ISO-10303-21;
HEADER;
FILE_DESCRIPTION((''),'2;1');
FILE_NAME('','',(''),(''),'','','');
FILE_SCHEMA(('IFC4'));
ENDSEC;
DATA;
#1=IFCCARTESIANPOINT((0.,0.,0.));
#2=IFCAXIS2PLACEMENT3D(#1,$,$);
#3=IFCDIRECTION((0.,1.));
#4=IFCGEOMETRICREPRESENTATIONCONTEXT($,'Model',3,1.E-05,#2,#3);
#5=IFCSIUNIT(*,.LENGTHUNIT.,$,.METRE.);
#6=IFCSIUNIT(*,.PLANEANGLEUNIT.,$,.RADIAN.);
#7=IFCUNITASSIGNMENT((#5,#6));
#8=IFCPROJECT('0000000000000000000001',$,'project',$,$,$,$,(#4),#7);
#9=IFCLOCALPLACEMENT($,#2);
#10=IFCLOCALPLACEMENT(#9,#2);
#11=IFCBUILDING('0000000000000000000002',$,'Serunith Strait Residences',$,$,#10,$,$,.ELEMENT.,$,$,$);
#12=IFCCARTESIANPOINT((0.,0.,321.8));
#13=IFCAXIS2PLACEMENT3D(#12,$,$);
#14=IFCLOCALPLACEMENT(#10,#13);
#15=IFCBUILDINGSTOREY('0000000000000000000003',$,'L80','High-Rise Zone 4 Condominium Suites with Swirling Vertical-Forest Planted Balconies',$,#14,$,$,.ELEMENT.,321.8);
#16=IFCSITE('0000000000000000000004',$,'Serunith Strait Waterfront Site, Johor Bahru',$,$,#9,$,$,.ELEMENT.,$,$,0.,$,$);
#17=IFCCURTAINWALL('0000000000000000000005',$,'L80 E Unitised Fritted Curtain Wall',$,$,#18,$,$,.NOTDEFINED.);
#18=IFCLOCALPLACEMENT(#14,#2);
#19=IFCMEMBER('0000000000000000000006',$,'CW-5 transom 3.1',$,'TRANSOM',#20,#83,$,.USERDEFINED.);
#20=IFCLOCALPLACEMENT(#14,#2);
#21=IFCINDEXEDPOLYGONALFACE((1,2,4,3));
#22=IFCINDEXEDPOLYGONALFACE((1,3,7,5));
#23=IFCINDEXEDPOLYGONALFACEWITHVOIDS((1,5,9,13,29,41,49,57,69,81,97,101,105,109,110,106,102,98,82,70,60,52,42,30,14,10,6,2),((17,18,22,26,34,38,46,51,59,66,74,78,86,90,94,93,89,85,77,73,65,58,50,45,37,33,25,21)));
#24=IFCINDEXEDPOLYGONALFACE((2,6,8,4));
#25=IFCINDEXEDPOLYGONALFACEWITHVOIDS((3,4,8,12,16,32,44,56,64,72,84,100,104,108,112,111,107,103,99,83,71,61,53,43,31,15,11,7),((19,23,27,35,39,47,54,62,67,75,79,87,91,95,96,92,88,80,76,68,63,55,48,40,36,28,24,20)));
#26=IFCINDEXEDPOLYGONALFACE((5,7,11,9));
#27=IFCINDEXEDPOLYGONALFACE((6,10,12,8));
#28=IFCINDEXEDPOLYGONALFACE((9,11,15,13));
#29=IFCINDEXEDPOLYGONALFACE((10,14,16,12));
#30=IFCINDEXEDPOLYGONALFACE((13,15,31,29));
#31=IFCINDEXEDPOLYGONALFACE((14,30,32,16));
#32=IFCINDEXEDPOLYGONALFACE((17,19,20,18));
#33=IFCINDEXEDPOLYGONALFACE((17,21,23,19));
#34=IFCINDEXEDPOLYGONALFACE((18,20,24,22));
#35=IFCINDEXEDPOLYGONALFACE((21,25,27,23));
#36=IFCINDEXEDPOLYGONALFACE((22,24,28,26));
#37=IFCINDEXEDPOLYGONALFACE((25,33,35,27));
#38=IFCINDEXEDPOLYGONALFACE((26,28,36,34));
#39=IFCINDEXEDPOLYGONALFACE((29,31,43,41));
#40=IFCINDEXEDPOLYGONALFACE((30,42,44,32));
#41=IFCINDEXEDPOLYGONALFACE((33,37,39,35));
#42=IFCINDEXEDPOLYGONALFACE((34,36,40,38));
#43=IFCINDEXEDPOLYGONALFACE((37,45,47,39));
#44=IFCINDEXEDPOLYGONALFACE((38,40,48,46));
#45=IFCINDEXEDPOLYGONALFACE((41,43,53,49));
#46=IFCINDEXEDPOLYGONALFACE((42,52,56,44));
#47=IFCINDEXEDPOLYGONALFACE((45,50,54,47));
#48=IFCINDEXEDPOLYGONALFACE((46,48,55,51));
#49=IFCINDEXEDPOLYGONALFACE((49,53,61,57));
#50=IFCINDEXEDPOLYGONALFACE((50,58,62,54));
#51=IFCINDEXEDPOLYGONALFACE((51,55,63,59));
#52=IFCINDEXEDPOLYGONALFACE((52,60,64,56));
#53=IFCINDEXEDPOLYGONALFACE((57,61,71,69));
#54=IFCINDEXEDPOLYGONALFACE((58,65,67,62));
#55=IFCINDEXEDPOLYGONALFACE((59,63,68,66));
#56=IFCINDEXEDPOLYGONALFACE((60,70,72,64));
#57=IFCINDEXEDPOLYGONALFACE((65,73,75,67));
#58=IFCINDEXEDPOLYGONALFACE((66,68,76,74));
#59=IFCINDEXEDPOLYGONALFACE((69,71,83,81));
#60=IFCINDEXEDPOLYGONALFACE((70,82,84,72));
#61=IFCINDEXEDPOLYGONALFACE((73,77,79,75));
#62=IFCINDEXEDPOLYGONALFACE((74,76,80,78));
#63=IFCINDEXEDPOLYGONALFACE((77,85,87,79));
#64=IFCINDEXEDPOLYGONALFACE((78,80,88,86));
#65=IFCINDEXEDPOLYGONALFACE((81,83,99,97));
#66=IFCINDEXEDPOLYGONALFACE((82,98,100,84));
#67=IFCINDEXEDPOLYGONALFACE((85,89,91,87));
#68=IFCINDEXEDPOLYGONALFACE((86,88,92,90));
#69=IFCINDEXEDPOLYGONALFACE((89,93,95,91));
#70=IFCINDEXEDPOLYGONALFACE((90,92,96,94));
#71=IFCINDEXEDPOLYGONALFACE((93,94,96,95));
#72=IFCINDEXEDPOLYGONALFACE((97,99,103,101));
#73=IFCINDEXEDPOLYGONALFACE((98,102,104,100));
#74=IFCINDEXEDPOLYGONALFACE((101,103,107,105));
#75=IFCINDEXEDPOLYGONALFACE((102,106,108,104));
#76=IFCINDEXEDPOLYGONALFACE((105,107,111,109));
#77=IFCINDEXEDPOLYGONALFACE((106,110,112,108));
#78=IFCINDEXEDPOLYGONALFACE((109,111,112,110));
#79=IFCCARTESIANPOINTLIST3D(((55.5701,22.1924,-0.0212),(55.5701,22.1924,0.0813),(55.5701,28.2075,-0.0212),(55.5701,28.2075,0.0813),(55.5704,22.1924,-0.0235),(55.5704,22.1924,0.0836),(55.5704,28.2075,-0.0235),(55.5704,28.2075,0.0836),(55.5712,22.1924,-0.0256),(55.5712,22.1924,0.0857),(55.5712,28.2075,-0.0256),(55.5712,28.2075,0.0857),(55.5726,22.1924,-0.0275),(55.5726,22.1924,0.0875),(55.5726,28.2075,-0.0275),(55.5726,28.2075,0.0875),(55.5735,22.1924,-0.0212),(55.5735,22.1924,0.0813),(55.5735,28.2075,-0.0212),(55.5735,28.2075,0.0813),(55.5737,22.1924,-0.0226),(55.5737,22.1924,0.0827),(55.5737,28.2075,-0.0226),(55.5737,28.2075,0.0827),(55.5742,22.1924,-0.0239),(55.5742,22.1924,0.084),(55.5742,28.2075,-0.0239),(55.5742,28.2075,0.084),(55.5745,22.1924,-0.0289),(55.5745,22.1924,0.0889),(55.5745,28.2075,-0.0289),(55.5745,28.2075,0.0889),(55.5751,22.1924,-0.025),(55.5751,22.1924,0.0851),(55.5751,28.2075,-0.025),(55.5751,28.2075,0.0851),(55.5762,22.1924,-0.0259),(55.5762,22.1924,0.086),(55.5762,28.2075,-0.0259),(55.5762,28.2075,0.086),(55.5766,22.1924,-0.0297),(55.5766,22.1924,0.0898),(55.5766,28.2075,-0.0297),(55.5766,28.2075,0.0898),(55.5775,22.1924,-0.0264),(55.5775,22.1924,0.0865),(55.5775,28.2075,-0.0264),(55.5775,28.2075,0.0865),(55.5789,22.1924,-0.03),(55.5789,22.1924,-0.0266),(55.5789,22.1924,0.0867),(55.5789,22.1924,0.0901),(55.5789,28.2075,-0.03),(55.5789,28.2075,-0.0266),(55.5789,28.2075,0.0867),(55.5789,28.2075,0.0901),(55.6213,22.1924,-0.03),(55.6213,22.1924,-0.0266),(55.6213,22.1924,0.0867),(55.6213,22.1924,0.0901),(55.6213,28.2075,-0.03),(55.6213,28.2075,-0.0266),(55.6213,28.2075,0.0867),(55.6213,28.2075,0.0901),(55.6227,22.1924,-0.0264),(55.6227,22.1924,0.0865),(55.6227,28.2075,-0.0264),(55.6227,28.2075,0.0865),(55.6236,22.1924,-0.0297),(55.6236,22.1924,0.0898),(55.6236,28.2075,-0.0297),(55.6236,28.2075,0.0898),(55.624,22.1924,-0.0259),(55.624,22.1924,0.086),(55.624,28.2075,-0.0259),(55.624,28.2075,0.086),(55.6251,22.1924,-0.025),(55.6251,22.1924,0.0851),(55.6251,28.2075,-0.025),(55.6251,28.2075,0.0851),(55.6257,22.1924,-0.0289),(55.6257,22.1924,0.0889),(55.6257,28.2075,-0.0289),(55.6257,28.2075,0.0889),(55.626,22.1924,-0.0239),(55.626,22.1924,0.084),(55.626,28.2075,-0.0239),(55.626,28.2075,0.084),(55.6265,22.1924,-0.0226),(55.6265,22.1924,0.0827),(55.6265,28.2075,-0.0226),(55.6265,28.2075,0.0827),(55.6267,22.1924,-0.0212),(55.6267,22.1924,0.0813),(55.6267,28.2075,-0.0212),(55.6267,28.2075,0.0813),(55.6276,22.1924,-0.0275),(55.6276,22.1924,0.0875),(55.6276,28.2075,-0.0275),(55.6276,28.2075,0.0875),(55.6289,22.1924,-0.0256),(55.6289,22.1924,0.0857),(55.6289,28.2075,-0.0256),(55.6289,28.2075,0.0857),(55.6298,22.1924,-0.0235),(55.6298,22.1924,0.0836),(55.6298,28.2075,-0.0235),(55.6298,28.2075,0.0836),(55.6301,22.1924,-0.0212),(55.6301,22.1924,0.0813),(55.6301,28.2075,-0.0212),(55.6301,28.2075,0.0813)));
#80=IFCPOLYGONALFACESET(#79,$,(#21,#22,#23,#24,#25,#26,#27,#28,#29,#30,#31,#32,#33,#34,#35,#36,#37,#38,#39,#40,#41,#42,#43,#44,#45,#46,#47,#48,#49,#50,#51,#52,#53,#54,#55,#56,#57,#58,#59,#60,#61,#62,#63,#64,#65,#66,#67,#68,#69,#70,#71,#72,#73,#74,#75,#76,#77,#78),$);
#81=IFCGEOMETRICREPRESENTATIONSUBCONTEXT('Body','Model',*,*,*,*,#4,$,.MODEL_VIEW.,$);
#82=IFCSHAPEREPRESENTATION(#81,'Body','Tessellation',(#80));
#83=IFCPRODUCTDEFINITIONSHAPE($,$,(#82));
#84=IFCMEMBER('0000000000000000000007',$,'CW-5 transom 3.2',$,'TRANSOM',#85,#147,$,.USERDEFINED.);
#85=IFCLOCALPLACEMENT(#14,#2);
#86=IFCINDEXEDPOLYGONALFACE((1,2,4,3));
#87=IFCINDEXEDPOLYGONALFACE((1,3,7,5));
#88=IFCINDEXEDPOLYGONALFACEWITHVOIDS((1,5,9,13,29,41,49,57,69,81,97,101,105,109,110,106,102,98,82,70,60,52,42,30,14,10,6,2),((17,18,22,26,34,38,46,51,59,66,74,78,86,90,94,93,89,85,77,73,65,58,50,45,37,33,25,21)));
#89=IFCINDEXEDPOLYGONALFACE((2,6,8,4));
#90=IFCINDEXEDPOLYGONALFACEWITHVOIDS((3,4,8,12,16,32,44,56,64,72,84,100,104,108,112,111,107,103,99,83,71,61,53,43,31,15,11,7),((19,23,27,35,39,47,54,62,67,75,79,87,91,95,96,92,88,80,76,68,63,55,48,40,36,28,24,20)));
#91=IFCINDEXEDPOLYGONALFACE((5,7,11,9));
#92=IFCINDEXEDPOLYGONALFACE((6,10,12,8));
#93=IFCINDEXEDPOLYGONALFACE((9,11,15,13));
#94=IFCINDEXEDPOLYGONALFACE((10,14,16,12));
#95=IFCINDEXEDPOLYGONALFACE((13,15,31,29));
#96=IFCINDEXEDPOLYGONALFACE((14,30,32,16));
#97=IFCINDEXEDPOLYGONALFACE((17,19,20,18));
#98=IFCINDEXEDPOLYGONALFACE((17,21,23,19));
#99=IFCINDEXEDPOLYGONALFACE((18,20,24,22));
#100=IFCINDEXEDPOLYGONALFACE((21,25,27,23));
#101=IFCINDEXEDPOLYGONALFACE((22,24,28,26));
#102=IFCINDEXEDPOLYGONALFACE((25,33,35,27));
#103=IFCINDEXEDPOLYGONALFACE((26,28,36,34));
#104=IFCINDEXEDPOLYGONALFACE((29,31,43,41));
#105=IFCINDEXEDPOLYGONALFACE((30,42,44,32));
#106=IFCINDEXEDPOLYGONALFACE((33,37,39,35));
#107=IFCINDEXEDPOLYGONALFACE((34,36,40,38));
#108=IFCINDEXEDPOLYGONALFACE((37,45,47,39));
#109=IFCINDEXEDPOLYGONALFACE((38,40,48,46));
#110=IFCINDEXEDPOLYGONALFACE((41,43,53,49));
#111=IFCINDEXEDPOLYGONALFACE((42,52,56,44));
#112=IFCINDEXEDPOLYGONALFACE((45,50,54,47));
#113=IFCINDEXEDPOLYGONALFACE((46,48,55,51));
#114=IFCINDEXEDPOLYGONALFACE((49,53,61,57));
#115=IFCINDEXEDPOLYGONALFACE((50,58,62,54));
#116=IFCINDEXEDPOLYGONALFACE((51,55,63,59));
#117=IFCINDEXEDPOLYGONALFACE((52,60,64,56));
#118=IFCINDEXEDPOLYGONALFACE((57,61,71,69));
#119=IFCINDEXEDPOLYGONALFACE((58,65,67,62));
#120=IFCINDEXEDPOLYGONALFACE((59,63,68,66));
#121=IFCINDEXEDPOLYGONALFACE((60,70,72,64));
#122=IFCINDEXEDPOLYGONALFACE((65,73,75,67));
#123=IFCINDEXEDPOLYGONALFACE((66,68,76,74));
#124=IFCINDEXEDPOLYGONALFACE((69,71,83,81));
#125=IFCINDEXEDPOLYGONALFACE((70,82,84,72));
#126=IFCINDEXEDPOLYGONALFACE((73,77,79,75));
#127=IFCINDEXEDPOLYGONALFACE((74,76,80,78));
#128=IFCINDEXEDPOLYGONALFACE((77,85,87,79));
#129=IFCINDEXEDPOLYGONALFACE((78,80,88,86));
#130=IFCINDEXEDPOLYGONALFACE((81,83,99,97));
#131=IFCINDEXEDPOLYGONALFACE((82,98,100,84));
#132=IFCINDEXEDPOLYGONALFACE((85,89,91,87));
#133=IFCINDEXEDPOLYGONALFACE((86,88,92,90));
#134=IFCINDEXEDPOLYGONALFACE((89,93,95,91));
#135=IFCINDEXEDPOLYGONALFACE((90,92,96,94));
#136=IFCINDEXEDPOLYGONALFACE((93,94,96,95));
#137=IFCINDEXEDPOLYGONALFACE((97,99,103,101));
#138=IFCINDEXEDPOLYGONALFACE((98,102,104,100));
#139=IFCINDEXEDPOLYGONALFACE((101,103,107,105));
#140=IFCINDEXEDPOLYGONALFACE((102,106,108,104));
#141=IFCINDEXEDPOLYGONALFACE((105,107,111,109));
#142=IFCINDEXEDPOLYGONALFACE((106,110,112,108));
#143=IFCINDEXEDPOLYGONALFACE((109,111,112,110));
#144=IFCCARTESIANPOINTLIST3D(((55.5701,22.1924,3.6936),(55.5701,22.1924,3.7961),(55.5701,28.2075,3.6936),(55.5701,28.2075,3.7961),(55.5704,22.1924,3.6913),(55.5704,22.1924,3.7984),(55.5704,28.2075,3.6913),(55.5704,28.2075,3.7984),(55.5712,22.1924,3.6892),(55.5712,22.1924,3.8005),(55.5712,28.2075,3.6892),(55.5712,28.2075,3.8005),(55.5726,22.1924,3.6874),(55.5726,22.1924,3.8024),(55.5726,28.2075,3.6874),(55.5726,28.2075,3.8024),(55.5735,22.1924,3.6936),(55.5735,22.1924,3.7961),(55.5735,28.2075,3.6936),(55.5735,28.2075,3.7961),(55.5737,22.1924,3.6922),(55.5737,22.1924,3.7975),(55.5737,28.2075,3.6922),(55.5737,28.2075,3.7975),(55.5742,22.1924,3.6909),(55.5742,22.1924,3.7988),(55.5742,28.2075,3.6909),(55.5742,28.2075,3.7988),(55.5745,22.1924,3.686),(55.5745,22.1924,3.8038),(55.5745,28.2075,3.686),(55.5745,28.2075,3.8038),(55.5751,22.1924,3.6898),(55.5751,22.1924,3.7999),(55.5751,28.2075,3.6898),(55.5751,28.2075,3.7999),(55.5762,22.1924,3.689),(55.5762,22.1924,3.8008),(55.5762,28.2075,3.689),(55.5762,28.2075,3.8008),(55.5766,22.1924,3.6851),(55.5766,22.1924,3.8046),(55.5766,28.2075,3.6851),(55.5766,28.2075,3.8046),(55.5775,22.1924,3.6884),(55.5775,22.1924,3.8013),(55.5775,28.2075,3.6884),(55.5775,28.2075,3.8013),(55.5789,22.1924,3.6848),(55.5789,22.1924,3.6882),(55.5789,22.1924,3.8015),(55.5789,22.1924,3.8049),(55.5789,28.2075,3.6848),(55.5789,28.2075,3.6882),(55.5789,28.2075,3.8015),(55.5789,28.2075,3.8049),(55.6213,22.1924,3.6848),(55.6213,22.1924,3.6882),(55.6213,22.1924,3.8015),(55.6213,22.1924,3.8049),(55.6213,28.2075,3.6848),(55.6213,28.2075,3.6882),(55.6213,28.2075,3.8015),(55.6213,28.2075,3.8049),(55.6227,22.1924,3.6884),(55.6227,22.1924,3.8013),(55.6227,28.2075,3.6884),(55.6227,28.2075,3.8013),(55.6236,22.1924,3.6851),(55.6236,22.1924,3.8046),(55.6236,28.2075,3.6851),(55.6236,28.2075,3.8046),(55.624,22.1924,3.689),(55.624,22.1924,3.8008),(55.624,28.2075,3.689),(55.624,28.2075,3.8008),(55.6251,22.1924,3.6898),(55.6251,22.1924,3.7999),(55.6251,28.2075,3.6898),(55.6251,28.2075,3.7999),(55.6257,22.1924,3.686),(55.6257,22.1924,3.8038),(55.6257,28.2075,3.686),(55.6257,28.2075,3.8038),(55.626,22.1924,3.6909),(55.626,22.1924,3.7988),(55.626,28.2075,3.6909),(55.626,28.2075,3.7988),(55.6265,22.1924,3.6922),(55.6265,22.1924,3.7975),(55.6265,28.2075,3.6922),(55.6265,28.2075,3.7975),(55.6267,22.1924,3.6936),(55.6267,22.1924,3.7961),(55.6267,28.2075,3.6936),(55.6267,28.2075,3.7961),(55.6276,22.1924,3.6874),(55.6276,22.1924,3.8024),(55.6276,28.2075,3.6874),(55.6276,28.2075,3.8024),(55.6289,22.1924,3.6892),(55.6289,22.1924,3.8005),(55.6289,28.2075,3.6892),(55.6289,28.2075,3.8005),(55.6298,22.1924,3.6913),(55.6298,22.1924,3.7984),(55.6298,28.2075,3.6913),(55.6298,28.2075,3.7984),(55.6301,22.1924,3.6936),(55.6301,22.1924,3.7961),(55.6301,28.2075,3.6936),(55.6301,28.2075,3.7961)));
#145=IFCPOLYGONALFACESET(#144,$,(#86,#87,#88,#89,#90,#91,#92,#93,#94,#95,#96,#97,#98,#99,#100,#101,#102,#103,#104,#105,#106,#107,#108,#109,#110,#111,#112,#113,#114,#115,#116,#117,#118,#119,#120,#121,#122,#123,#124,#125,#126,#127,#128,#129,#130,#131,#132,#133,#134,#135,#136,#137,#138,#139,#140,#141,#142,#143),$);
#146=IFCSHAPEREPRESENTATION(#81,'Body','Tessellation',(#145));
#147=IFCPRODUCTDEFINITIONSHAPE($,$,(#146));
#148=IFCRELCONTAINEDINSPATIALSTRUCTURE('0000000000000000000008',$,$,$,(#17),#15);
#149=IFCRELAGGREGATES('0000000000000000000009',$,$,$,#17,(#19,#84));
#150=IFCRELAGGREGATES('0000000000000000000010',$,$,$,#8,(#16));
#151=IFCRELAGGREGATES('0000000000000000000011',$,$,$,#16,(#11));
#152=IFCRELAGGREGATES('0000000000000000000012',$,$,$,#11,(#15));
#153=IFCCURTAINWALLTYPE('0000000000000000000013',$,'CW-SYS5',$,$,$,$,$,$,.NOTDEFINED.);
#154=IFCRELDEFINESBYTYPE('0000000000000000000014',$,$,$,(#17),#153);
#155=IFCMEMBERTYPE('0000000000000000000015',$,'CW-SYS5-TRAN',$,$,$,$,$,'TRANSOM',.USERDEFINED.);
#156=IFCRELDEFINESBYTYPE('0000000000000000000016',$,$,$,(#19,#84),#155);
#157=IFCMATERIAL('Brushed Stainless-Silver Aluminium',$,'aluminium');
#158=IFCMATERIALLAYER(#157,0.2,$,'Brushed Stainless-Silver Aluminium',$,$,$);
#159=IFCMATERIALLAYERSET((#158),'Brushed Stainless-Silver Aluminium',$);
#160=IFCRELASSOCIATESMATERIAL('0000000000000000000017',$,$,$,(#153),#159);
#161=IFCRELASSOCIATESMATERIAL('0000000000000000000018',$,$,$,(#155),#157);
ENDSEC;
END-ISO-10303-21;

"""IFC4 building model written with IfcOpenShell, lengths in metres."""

from ifc_helpers import new_model, si_unit, direction, frame, origin, origin_2d, place, context, subcontext, project, spatial, hollow_rectangle, extrude, source, transform, mapped, material, layer, layer_set, material_profile, profile_set, type_object, element, aggregate, save


model = new_model("IFC4")

# Units and contexts
model_context = context("Model", 3, precision=1e-05, world=origin(), true_north=direction((0.0, 1.0)))
body_context = subcontext(model_context, "Body", "Model", "MODEL_VIEW")
ifc_project = project(units=[si_unit("LENGTHUNIT", "METRE"), si_unit("PLANEANGLEUNIT", "RADIAN")], contexts=[model_context])

# Site, building, storey
site_placement = place(None, origin())
site = spatial("IfcSite", under=ifc_project, at=site_placement, Name="Serunith Strait Waterfront Site, Johor Bahru", CompositionType="ELEMENT", RefElevation=0.0)
building_placement = place(site_placement, origin())
building = spatial("IfcBuilding", under=site, at=building_placement, Name="Serunith Strait Residences", CompositionType="ELEMENT")
storey_placement = place(building_placement, frame((0.0, 0.0, 321.8)))
storey = spatial("IfcBuildingStorey", under=building, at=storey_placement, Name="L80", Description="High-Rise Zone 4 Condominium Suites with Swirling Vertical-Forest Planted Balconies", CompositionType="ELEMENT", Elevation=321.8)

# Curtain wall, members
ifc_material_1 = material(Name="Brushed Stainless-Silver Aluminium", Category="aluminium")
ifc_layer_1 = layer(ifc_material_1, 0.2, Name="Brushed Stainless-Silver Aluminium")
ifc_layer_set_1 = layer_set([ifc_layer_1], Name="Brushed Stainless-Silver Aluminium")
curtain_wall_type = type_object("IfcCurtainWallType", Name="CW-SYS5", PredefinedType="NOTDEFINED", material=ifc_layer_set_1)
curtain_wall_placement = place(storey_placement, origin())
curtain_wall = element("IfcCurtainWall", 1, at=curtain_wall_placement, inside=storey, type_object=curtain_wall_type, Name="L80 E Unitised Fritted Curtain Wall", PredefinedType="NOTDEFINED")
ifc_material_profile_1 = material_profile(ifc_material_1, hollow_rectangle(XDim=0.0601, YDim=0.1201, WallThickness=0.0034, InnerFilletRadius=0.0054, OuterFilletRadius=0.0088, at=origin_2d()), Name="ALU 120x60x3.5")
ifc_profile_set_1 = profile_set([ifc_material_profile_1], Name="Brushed Stainless-Silver Aluminium")
member_type_1 = type_object("IfcMemberType", Name="CW-SYS5-TRAN", ElementType="TRANSOM", PredefinedType="USERDEFINED", material=ifc_profile_set_1)
shared_shape_1 = source(origin(), body_context, "Body", "SweptSolid", [
    extrude(hollow_rectangle(XDim=0.0601, YDim=0.1201, WallThickness=0.0034, InnerFilletRadius=0.0054, OuterFilletRadius=0.0088, at=origin_2d()), origin(), (0.0, 0.0, 1.0), 6.0151),
])
member_1_placement = place(storey_placement, frame((55.6001, 22.1924, 0.03), z_axis=(0.0, 1.0, 0.0), x_axis=(-1.0, 0.0, 0.0)))
member_1 = element("IfcMember", 2, at=member_1_placement, type_object=member_type_1, Name="CW-5 transom 3.1", ObjectType="TRANSOM", PredefinedType="USERDEFINED", context=body_context, shape_type="MappedRepresentation", body=[
    mapped(shared_shape_1, transform((0.0, 0.0, 0.0), scale=1.0)),
])
member_2_placement = place(storey_placement, frame((55.6001, 22.1924, 3.7449), z_axis=(0.0, 1.0, 0.0), x_axis=(-1.0, 0.0, 0.0)))
member_2 = element("IfcMember", 3, at=member_2_placement, type_object=member_type_1, Name="CW-5 transom 3.2", ObjectType="TRANSOM", PredefinedType="USERDEFINED", context=body_context, shape_type="MappedRepresentation", body=[
    mapped(shared_shape_1, transform((0.0, 0.0, 0.0), scale=1.0)),
])
aggregate(curtain_wall, [member_1, member_2])

save(model, "model.ifc")
